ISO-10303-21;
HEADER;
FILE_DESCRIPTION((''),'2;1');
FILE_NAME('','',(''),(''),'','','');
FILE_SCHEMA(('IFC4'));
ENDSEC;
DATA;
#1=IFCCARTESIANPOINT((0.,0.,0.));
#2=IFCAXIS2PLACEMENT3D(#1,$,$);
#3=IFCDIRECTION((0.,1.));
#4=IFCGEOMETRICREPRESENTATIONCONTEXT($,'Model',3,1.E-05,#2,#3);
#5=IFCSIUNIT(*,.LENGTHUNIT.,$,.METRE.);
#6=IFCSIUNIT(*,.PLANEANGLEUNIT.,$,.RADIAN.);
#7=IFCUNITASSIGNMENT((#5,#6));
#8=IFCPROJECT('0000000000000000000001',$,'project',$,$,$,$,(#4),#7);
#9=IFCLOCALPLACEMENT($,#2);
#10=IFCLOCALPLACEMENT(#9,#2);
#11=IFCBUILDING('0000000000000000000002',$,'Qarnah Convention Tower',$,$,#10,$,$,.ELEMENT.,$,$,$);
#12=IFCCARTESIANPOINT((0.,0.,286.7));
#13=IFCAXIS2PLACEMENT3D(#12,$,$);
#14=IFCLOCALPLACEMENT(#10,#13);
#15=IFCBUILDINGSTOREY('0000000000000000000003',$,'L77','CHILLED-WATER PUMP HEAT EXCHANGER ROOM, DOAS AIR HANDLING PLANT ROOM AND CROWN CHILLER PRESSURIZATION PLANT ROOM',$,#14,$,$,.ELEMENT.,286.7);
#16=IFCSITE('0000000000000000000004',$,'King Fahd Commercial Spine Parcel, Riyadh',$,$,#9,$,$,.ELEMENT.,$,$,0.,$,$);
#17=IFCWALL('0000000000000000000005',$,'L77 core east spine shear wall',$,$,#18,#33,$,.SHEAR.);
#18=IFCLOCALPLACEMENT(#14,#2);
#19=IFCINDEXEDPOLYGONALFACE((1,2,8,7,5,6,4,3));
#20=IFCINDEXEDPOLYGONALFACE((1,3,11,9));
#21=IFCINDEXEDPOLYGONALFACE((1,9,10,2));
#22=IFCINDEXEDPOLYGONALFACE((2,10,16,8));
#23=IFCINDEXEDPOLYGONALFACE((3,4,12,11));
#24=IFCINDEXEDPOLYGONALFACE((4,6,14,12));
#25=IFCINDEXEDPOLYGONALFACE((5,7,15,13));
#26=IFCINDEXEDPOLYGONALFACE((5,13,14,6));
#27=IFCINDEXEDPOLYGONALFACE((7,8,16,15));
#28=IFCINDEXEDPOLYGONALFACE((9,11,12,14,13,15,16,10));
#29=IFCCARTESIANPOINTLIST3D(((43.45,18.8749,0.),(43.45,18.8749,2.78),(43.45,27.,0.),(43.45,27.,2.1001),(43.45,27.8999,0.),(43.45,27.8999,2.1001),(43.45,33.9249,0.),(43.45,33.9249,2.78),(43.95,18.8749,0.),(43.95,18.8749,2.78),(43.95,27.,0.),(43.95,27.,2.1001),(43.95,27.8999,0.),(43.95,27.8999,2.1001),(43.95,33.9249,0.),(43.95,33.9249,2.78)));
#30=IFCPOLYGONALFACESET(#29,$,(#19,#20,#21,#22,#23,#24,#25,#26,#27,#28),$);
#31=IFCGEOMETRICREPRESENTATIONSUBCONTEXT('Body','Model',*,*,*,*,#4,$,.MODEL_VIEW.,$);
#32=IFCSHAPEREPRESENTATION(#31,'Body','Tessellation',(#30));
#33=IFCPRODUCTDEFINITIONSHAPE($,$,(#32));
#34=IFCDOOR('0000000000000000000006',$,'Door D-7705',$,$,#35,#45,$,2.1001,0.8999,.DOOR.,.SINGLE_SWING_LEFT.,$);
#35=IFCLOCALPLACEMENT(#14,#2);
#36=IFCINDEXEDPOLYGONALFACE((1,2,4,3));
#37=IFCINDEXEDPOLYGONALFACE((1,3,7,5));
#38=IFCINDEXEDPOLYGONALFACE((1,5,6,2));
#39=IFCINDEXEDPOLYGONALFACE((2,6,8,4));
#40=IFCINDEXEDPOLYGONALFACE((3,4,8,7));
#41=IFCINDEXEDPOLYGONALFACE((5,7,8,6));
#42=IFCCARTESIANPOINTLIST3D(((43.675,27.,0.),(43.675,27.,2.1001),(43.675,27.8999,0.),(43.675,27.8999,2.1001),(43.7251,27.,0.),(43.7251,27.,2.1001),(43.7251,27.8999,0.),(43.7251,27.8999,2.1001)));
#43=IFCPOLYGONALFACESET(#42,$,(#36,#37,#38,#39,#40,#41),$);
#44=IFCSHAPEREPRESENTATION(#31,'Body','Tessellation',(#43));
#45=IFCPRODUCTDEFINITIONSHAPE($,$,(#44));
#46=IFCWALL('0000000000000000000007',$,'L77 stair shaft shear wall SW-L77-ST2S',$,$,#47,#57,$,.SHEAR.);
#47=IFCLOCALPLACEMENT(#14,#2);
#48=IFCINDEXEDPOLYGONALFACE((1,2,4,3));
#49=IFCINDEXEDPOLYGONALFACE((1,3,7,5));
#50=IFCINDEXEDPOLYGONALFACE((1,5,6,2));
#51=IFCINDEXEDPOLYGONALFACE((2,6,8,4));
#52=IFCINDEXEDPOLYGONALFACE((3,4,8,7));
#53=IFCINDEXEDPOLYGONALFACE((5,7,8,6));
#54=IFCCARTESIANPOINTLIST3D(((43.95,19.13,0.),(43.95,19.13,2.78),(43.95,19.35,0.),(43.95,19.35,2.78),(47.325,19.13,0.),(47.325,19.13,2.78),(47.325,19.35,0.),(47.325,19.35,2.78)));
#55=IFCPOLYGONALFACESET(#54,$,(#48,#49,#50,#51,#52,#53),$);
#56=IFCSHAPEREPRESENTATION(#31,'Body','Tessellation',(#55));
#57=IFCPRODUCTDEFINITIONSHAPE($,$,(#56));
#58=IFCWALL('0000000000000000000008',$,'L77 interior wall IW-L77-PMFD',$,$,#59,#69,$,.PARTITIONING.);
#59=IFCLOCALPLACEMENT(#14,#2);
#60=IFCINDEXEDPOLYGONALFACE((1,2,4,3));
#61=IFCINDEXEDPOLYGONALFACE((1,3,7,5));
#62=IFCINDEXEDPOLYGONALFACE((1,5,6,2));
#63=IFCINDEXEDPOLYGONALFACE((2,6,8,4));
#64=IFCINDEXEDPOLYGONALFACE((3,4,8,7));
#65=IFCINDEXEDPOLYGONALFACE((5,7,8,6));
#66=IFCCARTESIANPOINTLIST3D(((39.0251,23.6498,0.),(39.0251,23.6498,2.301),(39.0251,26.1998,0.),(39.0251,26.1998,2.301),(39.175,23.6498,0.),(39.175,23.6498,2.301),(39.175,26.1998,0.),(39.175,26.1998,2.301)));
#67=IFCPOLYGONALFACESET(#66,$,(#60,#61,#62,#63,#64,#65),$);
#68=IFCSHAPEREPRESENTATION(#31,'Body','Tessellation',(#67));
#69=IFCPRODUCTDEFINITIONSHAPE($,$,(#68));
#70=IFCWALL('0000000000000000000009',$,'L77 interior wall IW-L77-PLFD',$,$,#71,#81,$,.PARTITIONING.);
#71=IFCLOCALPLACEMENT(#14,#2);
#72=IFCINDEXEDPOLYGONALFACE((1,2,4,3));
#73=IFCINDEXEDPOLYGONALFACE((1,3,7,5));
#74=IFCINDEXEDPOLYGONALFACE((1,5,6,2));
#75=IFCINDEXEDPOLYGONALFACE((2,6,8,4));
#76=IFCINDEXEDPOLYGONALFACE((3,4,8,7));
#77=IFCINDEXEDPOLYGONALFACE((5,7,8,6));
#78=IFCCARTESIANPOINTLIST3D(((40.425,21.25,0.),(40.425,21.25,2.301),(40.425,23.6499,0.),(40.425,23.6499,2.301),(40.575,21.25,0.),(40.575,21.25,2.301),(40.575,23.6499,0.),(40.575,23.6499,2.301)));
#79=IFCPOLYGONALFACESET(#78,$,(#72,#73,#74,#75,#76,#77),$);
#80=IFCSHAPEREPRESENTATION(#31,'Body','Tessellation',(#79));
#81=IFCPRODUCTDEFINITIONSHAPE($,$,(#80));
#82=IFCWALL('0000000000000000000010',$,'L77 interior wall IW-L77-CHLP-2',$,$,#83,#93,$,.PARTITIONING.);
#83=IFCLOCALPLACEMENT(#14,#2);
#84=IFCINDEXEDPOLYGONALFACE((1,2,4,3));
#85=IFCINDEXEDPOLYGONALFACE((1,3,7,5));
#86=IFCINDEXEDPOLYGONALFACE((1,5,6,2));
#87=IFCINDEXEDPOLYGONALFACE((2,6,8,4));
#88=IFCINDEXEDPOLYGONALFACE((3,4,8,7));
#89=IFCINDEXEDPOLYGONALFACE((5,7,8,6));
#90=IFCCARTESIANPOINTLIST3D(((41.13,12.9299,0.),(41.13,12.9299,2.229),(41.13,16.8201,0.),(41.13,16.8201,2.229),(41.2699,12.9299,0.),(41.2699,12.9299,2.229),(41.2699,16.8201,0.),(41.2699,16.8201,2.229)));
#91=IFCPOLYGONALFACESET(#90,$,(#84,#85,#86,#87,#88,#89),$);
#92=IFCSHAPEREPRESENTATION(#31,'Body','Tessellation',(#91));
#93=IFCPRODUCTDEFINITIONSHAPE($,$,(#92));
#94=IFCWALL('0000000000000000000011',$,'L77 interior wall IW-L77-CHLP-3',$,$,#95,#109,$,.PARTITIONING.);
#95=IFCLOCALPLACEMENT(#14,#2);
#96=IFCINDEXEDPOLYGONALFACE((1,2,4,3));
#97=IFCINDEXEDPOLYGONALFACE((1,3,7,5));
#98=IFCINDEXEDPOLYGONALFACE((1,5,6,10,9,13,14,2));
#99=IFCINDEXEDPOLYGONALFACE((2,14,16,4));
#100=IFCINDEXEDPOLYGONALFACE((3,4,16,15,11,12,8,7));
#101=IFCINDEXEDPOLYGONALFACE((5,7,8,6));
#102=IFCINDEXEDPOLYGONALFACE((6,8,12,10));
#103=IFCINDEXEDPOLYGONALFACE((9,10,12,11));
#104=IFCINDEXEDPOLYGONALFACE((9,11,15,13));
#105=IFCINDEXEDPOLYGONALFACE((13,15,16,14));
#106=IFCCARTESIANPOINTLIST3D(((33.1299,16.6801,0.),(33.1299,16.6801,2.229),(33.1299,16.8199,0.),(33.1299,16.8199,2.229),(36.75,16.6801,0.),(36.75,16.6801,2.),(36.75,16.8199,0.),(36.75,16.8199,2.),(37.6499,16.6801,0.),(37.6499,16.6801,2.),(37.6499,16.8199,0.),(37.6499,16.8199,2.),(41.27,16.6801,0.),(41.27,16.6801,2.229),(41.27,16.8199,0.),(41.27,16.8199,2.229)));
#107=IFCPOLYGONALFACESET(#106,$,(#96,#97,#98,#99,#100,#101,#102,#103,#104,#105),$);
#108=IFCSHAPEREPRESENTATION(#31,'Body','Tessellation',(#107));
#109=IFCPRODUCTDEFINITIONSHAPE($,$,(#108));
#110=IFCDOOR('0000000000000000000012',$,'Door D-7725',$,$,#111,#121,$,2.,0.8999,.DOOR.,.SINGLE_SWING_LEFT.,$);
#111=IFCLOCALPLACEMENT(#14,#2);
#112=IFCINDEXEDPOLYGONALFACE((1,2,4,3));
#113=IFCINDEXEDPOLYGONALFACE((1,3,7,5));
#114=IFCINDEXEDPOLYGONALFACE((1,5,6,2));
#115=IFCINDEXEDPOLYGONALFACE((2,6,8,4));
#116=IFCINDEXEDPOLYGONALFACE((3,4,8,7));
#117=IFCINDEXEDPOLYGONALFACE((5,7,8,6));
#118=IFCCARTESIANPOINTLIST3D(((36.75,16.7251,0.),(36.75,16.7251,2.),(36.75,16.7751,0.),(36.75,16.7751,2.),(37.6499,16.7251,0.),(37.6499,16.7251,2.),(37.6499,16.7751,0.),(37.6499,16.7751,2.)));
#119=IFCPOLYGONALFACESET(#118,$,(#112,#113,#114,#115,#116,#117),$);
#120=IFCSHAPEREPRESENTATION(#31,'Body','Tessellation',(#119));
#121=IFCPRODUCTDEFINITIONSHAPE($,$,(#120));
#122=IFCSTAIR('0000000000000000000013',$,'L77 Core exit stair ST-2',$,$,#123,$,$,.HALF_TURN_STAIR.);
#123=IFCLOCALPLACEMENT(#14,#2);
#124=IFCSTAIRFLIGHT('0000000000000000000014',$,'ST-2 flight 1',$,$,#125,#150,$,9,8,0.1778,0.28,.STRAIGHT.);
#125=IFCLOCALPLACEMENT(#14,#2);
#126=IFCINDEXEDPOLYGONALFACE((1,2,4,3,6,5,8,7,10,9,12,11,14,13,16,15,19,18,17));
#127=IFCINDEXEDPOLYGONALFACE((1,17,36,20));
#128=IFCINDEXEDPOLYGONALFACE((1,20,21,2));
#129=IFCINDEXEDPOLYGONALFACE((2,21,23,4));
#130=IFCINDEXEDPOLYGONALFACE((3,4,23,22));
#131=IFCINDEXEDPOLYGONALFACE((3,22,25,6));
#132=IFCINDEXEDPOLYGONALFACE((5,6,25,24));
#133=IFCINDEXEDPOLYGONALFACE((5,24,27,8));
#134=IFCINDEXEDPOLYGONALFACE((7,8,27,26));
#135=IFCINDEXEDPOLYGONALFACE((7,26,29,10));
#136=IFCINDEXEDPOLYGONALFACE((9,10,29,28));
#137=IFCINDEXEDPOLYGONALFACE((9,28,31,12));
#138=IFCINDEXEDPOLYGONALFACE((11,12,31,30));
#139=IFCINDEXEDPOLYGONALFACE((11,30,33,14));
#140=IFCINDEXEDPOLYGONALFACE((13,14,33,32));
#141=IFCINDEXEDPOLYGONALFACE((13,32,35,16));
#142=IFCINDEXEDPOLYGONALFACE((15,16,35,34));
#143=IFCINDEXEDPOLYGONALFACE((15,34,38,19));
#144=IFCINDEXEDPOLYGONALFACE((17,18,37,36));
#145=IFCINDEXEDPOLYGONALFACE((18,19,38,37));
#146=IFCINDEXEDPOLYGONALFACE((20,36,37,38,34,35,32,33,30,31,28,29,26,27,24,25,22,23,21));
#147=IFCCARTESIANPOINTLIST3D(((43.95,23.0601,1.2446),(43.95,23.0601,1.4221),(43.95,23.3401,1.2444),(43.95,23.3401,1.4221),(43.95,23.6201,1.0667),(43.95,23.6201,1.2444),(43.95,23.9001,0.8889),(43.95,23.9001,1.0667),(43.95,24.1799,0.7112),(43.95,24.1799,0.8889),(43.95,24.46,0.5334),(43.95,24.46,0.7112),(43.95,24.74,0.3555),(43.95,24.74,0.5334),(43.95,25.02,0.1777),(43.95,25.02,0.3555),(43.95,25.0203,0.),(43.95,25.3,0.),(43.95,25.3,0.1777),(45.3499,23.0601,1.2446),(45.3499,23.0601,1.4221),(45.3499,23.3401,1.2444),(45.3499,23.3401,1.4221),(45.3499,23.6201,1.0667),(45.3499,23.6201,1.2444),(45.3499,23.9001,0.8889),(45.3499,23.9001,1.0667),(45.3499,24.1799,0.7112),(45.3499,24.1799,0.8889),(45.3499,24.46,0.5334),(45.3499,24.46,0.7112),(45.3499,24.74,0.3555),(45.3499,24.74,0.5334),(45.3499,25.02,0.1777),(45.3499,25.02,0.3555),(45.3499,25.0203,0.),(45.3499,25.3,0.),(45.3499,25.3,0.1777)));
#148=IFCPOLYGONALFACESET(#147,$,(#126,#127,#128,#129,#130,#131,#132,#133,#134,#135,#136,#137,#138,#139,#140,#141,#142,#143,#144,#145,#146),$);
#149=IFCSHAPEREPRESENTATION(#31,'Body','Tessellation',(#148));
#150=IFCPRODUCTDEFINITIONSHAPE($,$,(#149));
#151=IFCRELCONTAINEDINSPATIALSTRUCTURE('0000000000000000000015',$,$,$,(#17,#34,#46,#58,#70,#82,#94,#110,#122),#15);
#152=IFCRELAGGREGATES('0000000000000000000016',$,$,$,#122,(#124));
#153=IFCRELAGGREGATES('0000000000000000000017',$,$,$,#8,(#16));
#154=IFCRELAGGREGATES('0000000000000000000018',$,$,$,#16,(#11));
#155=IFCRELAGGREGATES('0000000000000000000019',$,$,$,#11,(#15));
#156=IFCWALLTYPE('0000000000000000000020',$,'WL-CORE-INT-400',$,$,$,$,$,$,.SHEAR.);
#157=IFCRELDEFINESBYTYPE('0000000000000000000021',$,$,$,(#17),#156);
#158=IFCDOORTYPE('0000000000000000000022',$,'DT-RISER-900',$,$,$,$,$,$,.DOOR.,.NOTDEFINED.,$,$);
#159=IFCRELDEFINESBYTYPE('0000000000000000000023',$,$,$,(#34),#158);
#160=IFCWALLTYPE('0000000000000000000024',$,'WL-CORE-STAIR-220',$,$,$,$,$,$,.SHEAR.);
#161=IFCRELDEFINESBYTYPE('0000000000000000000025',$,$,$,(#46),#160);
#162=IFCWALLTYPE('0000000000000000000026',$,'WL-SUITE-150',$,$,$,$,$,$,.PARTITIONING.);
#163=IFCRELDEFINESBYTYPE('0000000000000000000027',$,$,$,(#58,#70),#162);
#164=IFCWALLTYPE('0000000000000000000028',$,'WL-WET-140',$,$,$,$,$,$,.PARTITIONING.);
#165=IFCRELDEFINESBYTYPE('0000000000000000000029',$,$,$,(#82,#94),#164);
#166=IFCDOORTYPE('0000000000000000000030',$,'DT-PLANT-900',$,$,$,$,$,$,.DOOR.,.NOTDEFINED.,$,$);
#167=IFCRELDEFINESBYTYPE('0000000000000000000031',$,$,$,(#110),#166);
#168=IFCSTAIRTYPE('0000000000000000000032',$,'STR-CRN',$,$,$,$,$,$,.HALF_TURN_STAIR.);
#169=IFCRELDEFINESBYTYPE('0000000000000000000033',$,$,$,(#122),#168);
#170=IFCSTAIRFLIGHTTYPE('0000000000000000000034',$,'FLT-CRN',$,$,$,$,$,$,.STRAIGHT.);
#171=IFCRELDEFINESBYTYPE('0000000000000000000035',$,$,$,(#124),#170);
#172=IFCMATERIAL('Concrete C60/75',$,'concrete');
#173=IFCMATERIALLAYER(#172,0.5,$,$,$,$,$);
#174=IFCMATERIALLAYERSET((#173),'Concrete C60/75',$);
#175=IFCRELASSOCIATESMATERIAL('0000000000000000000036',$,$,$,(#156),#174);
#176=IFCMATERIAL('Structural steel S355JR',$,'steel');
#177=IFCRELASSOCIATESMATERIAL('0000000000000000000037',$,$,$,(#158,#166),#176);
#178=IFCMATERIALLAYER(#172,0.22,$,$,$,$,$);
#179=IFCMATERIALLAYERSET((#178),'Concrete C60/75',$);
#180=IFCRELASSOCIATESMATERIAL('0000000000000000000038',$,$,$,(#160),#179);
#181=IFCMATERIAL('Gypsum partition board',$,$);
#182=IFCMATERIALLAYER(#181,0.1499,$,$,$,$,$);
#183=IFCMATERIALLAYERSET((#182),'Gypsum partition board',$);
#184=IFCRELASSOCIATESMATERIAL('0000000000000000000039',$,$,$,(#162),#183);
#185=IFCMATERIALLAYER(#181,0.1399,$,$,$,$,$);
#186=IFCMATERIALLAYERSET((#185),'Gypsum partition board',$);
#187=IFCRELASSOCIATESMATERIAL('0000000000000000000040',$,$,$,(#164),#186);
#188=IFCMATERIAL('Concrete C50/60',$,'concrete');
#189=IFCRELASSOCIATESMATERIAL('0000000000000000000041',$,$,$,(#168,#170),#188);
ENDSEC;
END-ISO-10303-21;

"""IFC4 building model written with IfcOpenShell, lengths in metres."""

from ifc_helpers import new_model, si_unit, direction, frame, frame_2d, origin, place, context, subcontext, project, spatial, polyline, rectangle, outline, extrude, material, layer, layer_set, type_object, element, fill, aggregate, save


model = new_model("IFC4")

# Units and contexts
model_context = context("Model", 3, precision=1e-05, world=origin(), true_north=direction((0.0, 1.0)))
body_context = subcontext(model_context, "Body", "Model", "MODEL_VIEW")
ifc_project = project(units=[si_unit("LENGTHUNIT", "METRE"), si_unit("PLANEANGLEUNIT", "RADIAN")], contexts=[model_context])

# Site, building, storey
site_placement = place(None, origin())
site = spatial("IfcSite", under=ifc_project, at=site_placement, Name="King Fahd Commercial Spine Parcel, Riyadh", CompositionType="ELEMENT", RefElevation=0.0)
building_placement = place(site_placement, origin())
building = spatial("IfcBuilding", under=site, at=building_placement, Name="Qarnah Convention Tower", CompositionType="ELEMENT")
storey_placement = place(building_placement, frame((0.0, 0.0, 286.7)))
storey = spatial("IfcBuildingStorey", under=building, at=storey_placement, Name="L77", Description="CHILLED-WATER PUMP HEAT EXCHANGER ROOM, DOAS AIR HANDLING PLANT ROOM AND CROWN CHILLER PRESSURIZATION PLANT ROOM", CompositionType="ELEMENT", Elevation=286.7)

# Shared definitions
ifc_material_1 = material(Name="Structural steel S355JR", Category="steel")

# Wall, opening, door
ifc_material_2 = material(Name="Concrete C60/75", Category="concrete")
ifc_layer_1 = layer(ifc_material_2, 0.5)
ifc_layer_set_1 = layer_set([ifc_layer_1], Name="Concrete C60/75")
wall_type_1 = type_object("IfcWallType", Name="WL-CORE-INT-400", PredefinedType="SHEAR", material=ifc_layer_set_1)
wall_1_placement = place(storey_placement, frame((43.7, 18.875, 0.0), z_axis=(0.0, 0.0, 1.0), x_axis=(0.0, 1.0, 0.0)))
wall_1 = element("IfcWall", 1, at=wall_1_placement, inside=storey, type_object=wall_type_1, Name="L77 core east spine shear wall", PredefinedType="SHEAR", context=body_context, shape_type="SweptSolid", body=[
    extrude(rectangle(XDim=15.05, YDim=0.5, at=frame_2d((7.5249, 0.0))), origin(), (0.0, 0.0, 1.0), 2.78),
])
opening_1_placement = place(wall_1_placement, frame((8.125, 0.0, 0.0)))
opening_1 = element("IfcOpeningElement", 2, at=opening_1_placement, cuts=wall_1, PredefinedType="OPENING", context=body_context, shape_type="SweptSolid", body=[
    extrude(rectangle(XDim=0.8999, YDim=2.1001, at=frame_2d((0.45, 1.05))), frame((0.0, 0.26, 0.0), z_axis=(0.0, -1.0, 0.0), x_axis=(1.0, 0.0, 0.0)), (0.0, 0.0, 1.0), 0.52),
])
door_type_1 = type_object("IfcDoorType", Name="DT-RISER-900", OperationType="NOTDEFINED", PredefinedType="DOOR", material=ifc_material_1)
door_1_placement = place(opening_1_placement, origin())
door_1 = element("IfcDoor", 3, at=door_1_placement, inside=storey, type_object=door_type_1, Name="Door D-7705", OperationType="SINGLE_SWING_LEFT", OverallHeight=2.1001, OverallWidth=0.8999, PredefinedType="DOOR", context=body_context, shape_type="SweptSolid", body=[
    extrude(rectangle(XDim=0.8999, YDim=2.1001, at=frame_2d((0.45, 1.05))), frame((0.0, 0.0249, 0.0), z_axis=(0.0, -1.0, 0.0), x_axis=(1.0, 0.0, 0.0)), (0.0, 0.0, 1.0), 0.05),
])
fill(opening_1, door_1)

# Walls
ifc_layer_2 = layer(ifc_material_2, 0.22)
ifc_layer_set_2 = layer_set([ifc_layer_2], Name="Concrete C60/75")
wall_type_2 = type_object("IfcWallType", Name="WL-CORE-STAIR-220", PredefinedType="SHEAR", material=ifc_layer_set_2)
wall_2_placement = place(storey_placement, frame((43.95, 19.24, 0.0), z_axis=(0.0, 0.0, 1.0), x_axis=(1.0, 0.0, 0.0)))
element("IfcWall", 4, at=wall_2_placement, inside=storey, type_object=wall_type_2, Name="L77 stair shaft shear wall SW-L77-ST2S", PredefinedType="SHEAR", context=body_context, shape_type="SweptSolid", body=[
    extrude(rectangle(XDim=3.375, YDim=0.22, at=frame_2d((1.6875, 0.0))), origin(), (0.0, 0.0, 1.0), 2.78),
])
ifc_material_3 = material(Name="Gypsum partition board")
ifc_layer_3 = layer(ifc_material_3, 0.1499)
ifc_layer_set_3 = layer_set([ifc_layer_3], Name="Gypsum partition board")
wall_type_3 = type_object("IfcWallType", Name="WL-SUITE-150", PredefinedType="PARTITIONING", material=ifc_layer_set_3)
wall_3_placement = place(storey_placement, frame((39.1001, 23.6499, 0.0), z_axis=(0.0, 0.0, 1.0), x_axis=(0.0, 1.0, 0.0)))
element("IfcWall", 5, at=wall_3_placement, inside=storey, type_object=wall_type_3, Name="L77 interior wall IW-L77-PMFD", PredefinedType="PARTITIONING", context=body_context, shape_type="SweptSolid", body=[
    extrude(rectangle(XDim=2.55, YDim=0.1499, at=frame_2d((1.2749, 0.0))), origin(), (0.0, 0.0, 1.0), 2.301),
])
wall_4_placement = place(storey_placement, frame((40.5, 21.25, 0.0), z_axis=(0.0, 0.0, 1.0), x_axis=(0.0, 1.0, 0.0)))
element("IfcWall", 6, at=wall_4_placement, inside=storey, type_object=wall_type_3, Name="L77 interior wall IW-L77-PLFD", PredefinedType="PARTITIONING", context=body_context, shape_type="SweptSolid", body=[
    extrude(rectangle(XDim=2.3999, YDim=0.1499, at=frame_2d((1.2, 0.0))), origin(), (0.0, 0.0, 1.0), 2.301),
])
ifc_layer_4 = layer(ifc_material_3, 0.1399)
ifc_layer_set_4 = layer_set([ifc_layer_4], Name="Gypsum partition board")
wall_type_4 = type_object("IfcWallType", Name="WL-WET-140", PredefinedType="PARTITIONING", material=ifc_layer_set_4)
wall_5_placement = place(storey_placement, frame((41.2, 12.9299, 0.0), z_axis=(0.0, 0.0, 1.0), x_axis=(0.0, 1.0, 0.0)))
element("IfcWall", 7, at=wall_5_placement, inside=storey, type_object=wall_type_4, Name="L77 interior wall IW-L77-CHLP-2", PredefinedType="PARTITIONING", context=body_context, shape_type="SweptSolid", body=[
    extrude(rectangle(XDim=3.8901, YDim=0.1399, at=frame_2d((1.9451, 0.0))), origin(), (0.0, 0.0, 1.0), 2.229),
])

# Wall, opening, door
wall_6_placement = place(storey_placement, frame((41.27, 16.75, 0.0), z_axis=(0.0, 0.0, 1.0), x_axis=(-1.0, 0.0, 0.0)))
wall_6 = element("IfcWall", 8, at=wall_6_placement, inside=storey, type_object=wall_type_4, Name="L77 interior wall IW-L77-CHLP-3", PredefinedType="PARTITIONING", context=body_context, shape_type="SweptSolid", body=[
    extrude(rectangle(XDim=8.1401, YDim=0.1399, at=frame_2d((4.0701, 0.0))), origin(), (0.0, 0.0, 1.0), 2.229),
])
opening_2_placement = place(wall_6_placement, frame((3.6201, 0.0, 0.0)))
opening_2 = element("IfcOpeningElement", 9, at=opening_2_placement, cuts=wall_6, PredefinedType="OPENING", context=body_context, shape_type="SweptSolid", body=[
    extrude(rectangle(XDim=0.8999, YDim=2.0, at=frame_2d((0.45, 1.0))), frame((0.0, 0.0798, 0.0), z_axis=(0.0, -1.0, 0.0), x_axis=(1.0, 0.0, 0.0)), (0.0, 0.0, 1.0), 0.1599),
])
door_type_2 = type_object("IfcDoorType", Name="DT-PLANT-900", OperationType="NOTDEFINED", PredefinedType="DOOR", material=ifc_material_1)
door_2_placement = place(opening_2_placement, origin())
door_2 = element("IfcDoor", 10, at=door_2_placement, inside=storey, type_object=door_type_2, Name="Door D-7725", OperationType="SINGLE_SWING_LEFT", OverallHeight=2.0, OverallWidth=0.8999, PredefinedType="DOOR", context=body_context, shape_type="SweptSolid", body=[
    extrude(rectangle(XDim=0.8999, YDim=2.0, at=frame_2d((0.45, 1.0))), frame((0.0, 0.0249, 0.0), z_axis=(0.0, -1.0, 0.0), x_axis=(1.0, 0.0, 0.0)), (0.0, 0.0, 1.0), 0.05),
])
fill(opening_2, door_2)

# Stair, stair flight
ifc_material_4 = material(Name="Concrete C50/60", Category="concrete")
stair_type = type_object("IfcStairType", Name="STR-CRN", PredefinedType="HALF_TURN_STAIR", material=ifc_material_4)
stair_placement = place(storey_placement, origin())
stair = element("IfcStair", 11, at=stair_placement, inside=storey, type_object=stair_type, Name="L77 Core exit stair ST-2", PredefinedType="HALF_TURN_STAIR")
stair_flight_type = type_object("IfcStairFlightType", Name="FLT-CRN", PredefinedType="STRAIGHT", material=ifc_material_4)
stair_flight_placement = place(storey_placement, frame((44.6499, 25.3, 0.0), z_axis=(0.0, 0.0, 1.0), x_axis=(0.0, -1.0, 0.0)))
stair_flight = element("IfcStairFlight", 12, at=stair_flight_placement, type_object=stair_flight_type, Name="ST-2 flight 1", NumberOfRisers=9, NumberOfTreads=8, PredefinedType="STRAIGHT", RiserHeight=0.1778, TreadLength=0.28, context=body_context, shape_type="SweptSolid", body=[
    extrude(outline(polyline([(0.0, 0.0), (0.0, 0.1777), (0.28, 0.1777), (0.28, 0.3555), (0.5601, 0.3555), (0.5601, 0.5334), (0.8401, 0.5334), (0.8401, 0.7112), (1.1201, 0.7112), (1.1201, 0.8889), (1.3999, 0.8889), (1.3999, 1.0667), (1.6799, 1.0667), (1.6799, 1.2444), (1.96, 1.2444), (1.96, 1.4221), (2.24, 1.4221), (2.24, 1.6001), (2.24, 1.2446), (0.2798, 0.0), (0.0, 0.0)])), frame((0.0, 0.7, 0.0), z_axis=(0.0, -1.0, 0.0), x_axis=(1.0, 0.0, 0.0)), (0.0, 0.0, 1.0), 1.3999),
])
aggregate(stair, [stair_flight])

save(model, "model.ifc")
